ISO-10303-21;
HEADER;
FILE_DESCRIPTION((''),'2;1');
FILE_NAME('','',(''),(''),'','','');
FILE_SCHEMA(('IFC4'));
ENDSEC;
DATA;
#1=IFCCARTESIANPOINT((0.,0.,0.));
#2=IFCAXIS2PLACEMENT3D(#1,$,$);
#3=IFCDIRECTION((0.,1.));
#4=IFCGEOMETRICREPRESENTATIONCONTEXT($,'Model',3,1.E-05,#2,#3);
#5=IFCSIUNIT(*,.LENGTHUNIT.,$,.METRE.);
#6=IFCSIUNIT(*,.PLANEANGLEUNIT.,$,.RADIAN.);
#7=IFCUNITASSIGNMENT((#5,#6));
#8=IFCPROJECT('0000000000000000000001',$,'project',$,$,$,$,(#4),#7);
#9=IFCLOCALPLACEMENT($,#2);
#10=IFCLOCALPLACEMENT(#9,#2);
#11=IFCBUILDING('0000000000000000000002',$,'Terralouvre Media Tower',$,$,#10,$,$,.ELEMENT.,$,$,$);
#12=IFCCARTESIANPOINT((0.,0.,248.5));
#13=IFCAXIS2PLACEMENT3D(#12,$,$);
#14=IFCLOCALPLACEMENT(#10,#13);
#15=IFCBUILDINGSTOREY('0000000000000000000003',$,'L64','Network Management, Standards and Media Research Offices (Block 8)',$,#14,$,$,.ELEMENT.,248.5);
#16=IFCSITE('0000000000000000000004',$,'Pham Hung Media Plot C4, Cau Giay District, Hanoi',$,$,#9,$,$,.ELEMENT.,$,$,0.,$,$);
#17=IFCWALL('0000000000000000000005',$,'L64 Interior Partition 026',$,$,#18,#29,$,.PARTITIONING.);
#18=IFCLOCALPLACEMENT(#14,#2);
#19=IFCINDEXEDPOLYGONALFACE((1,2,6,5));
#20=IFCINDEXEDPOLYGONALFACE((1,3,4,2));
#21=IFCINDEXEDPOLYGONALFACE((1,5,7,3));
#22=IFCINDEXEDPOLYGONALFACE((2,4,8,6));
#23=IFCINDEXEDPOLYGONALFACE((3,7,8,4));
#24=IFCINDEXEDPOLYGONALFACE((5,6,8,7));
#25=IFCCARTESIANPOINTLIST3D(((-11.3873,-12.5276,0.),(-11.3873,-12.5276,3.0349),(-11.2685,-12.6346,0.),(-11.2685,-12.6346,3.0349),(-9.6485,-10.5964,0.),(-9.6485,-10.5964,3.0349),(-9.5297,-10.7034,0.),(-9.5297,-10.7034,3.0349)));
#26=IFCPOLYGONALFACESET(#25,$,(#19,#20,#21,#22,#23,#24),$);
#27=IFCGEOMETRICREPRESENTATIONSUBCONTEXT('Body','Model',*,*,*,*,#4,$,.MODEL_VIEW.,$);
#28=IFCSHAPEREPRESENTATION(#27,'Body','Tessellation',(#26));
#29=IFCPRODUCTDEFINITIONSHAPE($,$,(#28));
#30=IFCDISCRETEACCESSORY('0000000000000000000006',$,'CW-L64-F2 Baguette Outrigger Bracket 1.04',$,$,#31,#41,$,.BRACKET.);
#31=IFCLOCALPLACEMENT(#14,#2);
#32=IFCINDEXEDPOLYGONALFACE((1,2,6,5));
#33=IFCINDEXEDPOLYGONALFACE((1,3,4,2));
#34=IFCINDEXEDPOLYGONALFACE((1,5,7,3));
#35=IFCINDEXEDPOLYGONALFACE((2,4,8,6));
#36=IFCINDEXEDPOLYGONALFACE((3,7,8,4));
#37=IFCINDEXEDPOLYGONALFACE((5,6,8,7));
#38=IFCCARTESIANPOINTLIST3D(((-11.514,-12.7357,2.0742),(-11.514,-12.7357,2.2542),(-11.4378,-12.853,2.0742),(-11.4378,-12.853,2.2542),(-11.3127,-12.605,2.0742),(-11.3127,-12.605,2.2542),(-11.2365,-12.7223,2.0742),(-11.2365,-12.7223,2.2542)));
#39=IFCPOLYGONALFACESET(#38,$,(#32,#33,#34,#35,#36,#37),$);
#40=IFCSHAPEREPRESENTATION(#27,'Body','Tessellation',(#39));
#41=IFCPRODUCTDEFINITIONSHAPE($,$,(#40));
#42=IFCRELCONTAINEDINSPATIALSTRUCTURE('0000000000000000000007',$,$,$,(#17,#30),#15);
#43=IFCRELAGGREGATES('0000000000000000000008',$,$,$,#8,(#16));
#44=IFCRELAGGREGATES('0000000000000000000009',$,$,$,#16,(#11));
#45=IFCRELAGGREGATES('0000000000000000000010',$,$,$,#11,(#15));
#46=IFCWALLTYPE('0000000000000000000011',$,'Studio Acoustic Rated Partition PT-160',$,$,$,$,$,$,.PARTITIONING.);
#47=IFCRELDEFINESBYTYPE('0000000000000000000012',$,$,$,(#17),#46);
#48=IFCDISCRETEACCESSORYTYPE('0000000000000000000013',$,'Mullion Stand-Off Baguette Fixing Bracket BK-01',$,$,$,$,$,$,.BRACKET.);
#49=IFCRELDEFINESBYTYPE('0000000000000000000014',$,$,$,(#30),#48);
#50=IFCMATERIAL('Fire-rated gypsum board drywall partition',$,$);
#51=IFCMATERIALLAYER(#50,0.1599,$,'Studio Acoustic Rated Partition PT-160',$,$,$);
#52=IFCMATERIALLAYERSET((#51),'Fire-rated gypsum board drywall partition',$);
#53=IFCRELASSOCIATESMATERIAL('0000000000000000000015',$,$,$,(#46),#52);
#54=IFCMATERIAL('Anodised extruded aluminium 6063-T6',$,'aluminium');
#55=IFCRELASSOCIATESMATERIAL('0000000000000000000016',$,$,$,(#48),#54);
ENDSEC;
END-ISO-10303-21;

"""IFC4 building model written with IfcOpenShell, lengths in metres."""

from ifc_helpers import new_model, si_unit, direction, frame, frame_2d, origin, origin_2d, place, context, subcontext, project, spatial, rectangle, extrude, material, layer, layer_set, type_object, element, save


model = new_model("IFC4")

# Units and contexts
model_context = context("Model", 3, precision=1e-05, world=origin(), true_north=direction((0.0, 1.0)))
body_context = subcontext(model_context, "Body", "Model", "MODEL_VIEW")
ifc_project = project(units=[si_unit("LENGTHUNIT", "METRE"), si_unit("PLANEANGLEUNIT", "RADIAN")], contexts=[model_context])

# Site, building, storey
site_placement = place(None, origin())
site = spatial("IfcSite", under=ifc_project, at=site_placement, Name="Pham Hung Media Plot C4, Cau Giay District, Hanoi", CompositionType="ELEMENT", RefElevation=0.0)
building_placement = place(site_placement, origin())
building = spatial("IfcBuilding", under=site, at=building_placement, Name="Terralouvre Media Tower", CompositionType="ELEMENT")
storey_placement = place(building_placement, frame((0.0, 0.0, 248.5)))
storey = spatial("IfcBuildingStorey", under=building, at=storey_placement, Name="L64", Description="Network Management, Standards and Media Research Offices (Block 8)", CompositionType="ELEMENT", Elevation=248.5)

# Wall
ifc_material_1 = material(Name="Fire-rated gypsum board drywall partition")
ifc_layer_1 = layer(ifc_material_1, 0.1599, Name="Studio Acoustic Rated Partition PT-160")
ifc_layer_set_1 = layer_set([ifc_layer_1], Name="Fire-rated gypsum board drywall partition")
wall_type_1 = type_object("IfcWallType", Name="Studio Acoustic Rated Partition PT-160", PredefinedType="PARTITIONING", material=ifc_layer_set_1)
wall_1_placement = place(storey_placement, frame((-11.3279, -12.5811, 0.0), z_axis=(0.0, 0.0, 1.0), x_axis=(0.66912, 0.743154, 0.0)))
element("IfcWall", 1, at=wall_1_placement, inside=storey, type_object=wall_type_1, Name="L64 Interior Partition 026", PredefinedType="PARTITIONING", context=body_context, shape_type="SweptSolid", body=[
    extrude(rectangle(XDim=2.5986, YDim=0.1599, at=frame_2d((1.2993, 0.0))), origin(), (0.0, 0.0, 1.0), 3.0349),
])

# Discrete accessory
ifc_material_2 = material(Name="Anodised extruded aluminium 6063-T6", Category="aluminium")
discrete_accessory_type = type_object("IfcDiscreteAccessoryType", Name="Mullion Stand-Off Baguette Fixing Bracket BK-01", PredefinedType="BRACKET", material=ifc_material_2)
discrete_accessory_placement = place(storey_placement, frame((-11.3752, -12.729, 2.0742), z_axis=(0.0, 0.0, 1.0), x_axis=(0.544639, -0.838671, 0.0)))
element("IfcDiscreteAccessory", 2, at=discrete_accessory_placement, inside=storey, type_object=discrete_accessory_type, Name="CW-L64-F2 Baguette Outrigger Bracket 1.04", PredefinedType="BRACKET", context=body_context, shape_type="SweptSolid", body=[
    extrude(rectangle(XDim=0.1399, YDim=0.24, at=origin_2d()), origin(), (0.0, 0.0, 1.0), 0.1799),
])

save(model, "model.ifc")
